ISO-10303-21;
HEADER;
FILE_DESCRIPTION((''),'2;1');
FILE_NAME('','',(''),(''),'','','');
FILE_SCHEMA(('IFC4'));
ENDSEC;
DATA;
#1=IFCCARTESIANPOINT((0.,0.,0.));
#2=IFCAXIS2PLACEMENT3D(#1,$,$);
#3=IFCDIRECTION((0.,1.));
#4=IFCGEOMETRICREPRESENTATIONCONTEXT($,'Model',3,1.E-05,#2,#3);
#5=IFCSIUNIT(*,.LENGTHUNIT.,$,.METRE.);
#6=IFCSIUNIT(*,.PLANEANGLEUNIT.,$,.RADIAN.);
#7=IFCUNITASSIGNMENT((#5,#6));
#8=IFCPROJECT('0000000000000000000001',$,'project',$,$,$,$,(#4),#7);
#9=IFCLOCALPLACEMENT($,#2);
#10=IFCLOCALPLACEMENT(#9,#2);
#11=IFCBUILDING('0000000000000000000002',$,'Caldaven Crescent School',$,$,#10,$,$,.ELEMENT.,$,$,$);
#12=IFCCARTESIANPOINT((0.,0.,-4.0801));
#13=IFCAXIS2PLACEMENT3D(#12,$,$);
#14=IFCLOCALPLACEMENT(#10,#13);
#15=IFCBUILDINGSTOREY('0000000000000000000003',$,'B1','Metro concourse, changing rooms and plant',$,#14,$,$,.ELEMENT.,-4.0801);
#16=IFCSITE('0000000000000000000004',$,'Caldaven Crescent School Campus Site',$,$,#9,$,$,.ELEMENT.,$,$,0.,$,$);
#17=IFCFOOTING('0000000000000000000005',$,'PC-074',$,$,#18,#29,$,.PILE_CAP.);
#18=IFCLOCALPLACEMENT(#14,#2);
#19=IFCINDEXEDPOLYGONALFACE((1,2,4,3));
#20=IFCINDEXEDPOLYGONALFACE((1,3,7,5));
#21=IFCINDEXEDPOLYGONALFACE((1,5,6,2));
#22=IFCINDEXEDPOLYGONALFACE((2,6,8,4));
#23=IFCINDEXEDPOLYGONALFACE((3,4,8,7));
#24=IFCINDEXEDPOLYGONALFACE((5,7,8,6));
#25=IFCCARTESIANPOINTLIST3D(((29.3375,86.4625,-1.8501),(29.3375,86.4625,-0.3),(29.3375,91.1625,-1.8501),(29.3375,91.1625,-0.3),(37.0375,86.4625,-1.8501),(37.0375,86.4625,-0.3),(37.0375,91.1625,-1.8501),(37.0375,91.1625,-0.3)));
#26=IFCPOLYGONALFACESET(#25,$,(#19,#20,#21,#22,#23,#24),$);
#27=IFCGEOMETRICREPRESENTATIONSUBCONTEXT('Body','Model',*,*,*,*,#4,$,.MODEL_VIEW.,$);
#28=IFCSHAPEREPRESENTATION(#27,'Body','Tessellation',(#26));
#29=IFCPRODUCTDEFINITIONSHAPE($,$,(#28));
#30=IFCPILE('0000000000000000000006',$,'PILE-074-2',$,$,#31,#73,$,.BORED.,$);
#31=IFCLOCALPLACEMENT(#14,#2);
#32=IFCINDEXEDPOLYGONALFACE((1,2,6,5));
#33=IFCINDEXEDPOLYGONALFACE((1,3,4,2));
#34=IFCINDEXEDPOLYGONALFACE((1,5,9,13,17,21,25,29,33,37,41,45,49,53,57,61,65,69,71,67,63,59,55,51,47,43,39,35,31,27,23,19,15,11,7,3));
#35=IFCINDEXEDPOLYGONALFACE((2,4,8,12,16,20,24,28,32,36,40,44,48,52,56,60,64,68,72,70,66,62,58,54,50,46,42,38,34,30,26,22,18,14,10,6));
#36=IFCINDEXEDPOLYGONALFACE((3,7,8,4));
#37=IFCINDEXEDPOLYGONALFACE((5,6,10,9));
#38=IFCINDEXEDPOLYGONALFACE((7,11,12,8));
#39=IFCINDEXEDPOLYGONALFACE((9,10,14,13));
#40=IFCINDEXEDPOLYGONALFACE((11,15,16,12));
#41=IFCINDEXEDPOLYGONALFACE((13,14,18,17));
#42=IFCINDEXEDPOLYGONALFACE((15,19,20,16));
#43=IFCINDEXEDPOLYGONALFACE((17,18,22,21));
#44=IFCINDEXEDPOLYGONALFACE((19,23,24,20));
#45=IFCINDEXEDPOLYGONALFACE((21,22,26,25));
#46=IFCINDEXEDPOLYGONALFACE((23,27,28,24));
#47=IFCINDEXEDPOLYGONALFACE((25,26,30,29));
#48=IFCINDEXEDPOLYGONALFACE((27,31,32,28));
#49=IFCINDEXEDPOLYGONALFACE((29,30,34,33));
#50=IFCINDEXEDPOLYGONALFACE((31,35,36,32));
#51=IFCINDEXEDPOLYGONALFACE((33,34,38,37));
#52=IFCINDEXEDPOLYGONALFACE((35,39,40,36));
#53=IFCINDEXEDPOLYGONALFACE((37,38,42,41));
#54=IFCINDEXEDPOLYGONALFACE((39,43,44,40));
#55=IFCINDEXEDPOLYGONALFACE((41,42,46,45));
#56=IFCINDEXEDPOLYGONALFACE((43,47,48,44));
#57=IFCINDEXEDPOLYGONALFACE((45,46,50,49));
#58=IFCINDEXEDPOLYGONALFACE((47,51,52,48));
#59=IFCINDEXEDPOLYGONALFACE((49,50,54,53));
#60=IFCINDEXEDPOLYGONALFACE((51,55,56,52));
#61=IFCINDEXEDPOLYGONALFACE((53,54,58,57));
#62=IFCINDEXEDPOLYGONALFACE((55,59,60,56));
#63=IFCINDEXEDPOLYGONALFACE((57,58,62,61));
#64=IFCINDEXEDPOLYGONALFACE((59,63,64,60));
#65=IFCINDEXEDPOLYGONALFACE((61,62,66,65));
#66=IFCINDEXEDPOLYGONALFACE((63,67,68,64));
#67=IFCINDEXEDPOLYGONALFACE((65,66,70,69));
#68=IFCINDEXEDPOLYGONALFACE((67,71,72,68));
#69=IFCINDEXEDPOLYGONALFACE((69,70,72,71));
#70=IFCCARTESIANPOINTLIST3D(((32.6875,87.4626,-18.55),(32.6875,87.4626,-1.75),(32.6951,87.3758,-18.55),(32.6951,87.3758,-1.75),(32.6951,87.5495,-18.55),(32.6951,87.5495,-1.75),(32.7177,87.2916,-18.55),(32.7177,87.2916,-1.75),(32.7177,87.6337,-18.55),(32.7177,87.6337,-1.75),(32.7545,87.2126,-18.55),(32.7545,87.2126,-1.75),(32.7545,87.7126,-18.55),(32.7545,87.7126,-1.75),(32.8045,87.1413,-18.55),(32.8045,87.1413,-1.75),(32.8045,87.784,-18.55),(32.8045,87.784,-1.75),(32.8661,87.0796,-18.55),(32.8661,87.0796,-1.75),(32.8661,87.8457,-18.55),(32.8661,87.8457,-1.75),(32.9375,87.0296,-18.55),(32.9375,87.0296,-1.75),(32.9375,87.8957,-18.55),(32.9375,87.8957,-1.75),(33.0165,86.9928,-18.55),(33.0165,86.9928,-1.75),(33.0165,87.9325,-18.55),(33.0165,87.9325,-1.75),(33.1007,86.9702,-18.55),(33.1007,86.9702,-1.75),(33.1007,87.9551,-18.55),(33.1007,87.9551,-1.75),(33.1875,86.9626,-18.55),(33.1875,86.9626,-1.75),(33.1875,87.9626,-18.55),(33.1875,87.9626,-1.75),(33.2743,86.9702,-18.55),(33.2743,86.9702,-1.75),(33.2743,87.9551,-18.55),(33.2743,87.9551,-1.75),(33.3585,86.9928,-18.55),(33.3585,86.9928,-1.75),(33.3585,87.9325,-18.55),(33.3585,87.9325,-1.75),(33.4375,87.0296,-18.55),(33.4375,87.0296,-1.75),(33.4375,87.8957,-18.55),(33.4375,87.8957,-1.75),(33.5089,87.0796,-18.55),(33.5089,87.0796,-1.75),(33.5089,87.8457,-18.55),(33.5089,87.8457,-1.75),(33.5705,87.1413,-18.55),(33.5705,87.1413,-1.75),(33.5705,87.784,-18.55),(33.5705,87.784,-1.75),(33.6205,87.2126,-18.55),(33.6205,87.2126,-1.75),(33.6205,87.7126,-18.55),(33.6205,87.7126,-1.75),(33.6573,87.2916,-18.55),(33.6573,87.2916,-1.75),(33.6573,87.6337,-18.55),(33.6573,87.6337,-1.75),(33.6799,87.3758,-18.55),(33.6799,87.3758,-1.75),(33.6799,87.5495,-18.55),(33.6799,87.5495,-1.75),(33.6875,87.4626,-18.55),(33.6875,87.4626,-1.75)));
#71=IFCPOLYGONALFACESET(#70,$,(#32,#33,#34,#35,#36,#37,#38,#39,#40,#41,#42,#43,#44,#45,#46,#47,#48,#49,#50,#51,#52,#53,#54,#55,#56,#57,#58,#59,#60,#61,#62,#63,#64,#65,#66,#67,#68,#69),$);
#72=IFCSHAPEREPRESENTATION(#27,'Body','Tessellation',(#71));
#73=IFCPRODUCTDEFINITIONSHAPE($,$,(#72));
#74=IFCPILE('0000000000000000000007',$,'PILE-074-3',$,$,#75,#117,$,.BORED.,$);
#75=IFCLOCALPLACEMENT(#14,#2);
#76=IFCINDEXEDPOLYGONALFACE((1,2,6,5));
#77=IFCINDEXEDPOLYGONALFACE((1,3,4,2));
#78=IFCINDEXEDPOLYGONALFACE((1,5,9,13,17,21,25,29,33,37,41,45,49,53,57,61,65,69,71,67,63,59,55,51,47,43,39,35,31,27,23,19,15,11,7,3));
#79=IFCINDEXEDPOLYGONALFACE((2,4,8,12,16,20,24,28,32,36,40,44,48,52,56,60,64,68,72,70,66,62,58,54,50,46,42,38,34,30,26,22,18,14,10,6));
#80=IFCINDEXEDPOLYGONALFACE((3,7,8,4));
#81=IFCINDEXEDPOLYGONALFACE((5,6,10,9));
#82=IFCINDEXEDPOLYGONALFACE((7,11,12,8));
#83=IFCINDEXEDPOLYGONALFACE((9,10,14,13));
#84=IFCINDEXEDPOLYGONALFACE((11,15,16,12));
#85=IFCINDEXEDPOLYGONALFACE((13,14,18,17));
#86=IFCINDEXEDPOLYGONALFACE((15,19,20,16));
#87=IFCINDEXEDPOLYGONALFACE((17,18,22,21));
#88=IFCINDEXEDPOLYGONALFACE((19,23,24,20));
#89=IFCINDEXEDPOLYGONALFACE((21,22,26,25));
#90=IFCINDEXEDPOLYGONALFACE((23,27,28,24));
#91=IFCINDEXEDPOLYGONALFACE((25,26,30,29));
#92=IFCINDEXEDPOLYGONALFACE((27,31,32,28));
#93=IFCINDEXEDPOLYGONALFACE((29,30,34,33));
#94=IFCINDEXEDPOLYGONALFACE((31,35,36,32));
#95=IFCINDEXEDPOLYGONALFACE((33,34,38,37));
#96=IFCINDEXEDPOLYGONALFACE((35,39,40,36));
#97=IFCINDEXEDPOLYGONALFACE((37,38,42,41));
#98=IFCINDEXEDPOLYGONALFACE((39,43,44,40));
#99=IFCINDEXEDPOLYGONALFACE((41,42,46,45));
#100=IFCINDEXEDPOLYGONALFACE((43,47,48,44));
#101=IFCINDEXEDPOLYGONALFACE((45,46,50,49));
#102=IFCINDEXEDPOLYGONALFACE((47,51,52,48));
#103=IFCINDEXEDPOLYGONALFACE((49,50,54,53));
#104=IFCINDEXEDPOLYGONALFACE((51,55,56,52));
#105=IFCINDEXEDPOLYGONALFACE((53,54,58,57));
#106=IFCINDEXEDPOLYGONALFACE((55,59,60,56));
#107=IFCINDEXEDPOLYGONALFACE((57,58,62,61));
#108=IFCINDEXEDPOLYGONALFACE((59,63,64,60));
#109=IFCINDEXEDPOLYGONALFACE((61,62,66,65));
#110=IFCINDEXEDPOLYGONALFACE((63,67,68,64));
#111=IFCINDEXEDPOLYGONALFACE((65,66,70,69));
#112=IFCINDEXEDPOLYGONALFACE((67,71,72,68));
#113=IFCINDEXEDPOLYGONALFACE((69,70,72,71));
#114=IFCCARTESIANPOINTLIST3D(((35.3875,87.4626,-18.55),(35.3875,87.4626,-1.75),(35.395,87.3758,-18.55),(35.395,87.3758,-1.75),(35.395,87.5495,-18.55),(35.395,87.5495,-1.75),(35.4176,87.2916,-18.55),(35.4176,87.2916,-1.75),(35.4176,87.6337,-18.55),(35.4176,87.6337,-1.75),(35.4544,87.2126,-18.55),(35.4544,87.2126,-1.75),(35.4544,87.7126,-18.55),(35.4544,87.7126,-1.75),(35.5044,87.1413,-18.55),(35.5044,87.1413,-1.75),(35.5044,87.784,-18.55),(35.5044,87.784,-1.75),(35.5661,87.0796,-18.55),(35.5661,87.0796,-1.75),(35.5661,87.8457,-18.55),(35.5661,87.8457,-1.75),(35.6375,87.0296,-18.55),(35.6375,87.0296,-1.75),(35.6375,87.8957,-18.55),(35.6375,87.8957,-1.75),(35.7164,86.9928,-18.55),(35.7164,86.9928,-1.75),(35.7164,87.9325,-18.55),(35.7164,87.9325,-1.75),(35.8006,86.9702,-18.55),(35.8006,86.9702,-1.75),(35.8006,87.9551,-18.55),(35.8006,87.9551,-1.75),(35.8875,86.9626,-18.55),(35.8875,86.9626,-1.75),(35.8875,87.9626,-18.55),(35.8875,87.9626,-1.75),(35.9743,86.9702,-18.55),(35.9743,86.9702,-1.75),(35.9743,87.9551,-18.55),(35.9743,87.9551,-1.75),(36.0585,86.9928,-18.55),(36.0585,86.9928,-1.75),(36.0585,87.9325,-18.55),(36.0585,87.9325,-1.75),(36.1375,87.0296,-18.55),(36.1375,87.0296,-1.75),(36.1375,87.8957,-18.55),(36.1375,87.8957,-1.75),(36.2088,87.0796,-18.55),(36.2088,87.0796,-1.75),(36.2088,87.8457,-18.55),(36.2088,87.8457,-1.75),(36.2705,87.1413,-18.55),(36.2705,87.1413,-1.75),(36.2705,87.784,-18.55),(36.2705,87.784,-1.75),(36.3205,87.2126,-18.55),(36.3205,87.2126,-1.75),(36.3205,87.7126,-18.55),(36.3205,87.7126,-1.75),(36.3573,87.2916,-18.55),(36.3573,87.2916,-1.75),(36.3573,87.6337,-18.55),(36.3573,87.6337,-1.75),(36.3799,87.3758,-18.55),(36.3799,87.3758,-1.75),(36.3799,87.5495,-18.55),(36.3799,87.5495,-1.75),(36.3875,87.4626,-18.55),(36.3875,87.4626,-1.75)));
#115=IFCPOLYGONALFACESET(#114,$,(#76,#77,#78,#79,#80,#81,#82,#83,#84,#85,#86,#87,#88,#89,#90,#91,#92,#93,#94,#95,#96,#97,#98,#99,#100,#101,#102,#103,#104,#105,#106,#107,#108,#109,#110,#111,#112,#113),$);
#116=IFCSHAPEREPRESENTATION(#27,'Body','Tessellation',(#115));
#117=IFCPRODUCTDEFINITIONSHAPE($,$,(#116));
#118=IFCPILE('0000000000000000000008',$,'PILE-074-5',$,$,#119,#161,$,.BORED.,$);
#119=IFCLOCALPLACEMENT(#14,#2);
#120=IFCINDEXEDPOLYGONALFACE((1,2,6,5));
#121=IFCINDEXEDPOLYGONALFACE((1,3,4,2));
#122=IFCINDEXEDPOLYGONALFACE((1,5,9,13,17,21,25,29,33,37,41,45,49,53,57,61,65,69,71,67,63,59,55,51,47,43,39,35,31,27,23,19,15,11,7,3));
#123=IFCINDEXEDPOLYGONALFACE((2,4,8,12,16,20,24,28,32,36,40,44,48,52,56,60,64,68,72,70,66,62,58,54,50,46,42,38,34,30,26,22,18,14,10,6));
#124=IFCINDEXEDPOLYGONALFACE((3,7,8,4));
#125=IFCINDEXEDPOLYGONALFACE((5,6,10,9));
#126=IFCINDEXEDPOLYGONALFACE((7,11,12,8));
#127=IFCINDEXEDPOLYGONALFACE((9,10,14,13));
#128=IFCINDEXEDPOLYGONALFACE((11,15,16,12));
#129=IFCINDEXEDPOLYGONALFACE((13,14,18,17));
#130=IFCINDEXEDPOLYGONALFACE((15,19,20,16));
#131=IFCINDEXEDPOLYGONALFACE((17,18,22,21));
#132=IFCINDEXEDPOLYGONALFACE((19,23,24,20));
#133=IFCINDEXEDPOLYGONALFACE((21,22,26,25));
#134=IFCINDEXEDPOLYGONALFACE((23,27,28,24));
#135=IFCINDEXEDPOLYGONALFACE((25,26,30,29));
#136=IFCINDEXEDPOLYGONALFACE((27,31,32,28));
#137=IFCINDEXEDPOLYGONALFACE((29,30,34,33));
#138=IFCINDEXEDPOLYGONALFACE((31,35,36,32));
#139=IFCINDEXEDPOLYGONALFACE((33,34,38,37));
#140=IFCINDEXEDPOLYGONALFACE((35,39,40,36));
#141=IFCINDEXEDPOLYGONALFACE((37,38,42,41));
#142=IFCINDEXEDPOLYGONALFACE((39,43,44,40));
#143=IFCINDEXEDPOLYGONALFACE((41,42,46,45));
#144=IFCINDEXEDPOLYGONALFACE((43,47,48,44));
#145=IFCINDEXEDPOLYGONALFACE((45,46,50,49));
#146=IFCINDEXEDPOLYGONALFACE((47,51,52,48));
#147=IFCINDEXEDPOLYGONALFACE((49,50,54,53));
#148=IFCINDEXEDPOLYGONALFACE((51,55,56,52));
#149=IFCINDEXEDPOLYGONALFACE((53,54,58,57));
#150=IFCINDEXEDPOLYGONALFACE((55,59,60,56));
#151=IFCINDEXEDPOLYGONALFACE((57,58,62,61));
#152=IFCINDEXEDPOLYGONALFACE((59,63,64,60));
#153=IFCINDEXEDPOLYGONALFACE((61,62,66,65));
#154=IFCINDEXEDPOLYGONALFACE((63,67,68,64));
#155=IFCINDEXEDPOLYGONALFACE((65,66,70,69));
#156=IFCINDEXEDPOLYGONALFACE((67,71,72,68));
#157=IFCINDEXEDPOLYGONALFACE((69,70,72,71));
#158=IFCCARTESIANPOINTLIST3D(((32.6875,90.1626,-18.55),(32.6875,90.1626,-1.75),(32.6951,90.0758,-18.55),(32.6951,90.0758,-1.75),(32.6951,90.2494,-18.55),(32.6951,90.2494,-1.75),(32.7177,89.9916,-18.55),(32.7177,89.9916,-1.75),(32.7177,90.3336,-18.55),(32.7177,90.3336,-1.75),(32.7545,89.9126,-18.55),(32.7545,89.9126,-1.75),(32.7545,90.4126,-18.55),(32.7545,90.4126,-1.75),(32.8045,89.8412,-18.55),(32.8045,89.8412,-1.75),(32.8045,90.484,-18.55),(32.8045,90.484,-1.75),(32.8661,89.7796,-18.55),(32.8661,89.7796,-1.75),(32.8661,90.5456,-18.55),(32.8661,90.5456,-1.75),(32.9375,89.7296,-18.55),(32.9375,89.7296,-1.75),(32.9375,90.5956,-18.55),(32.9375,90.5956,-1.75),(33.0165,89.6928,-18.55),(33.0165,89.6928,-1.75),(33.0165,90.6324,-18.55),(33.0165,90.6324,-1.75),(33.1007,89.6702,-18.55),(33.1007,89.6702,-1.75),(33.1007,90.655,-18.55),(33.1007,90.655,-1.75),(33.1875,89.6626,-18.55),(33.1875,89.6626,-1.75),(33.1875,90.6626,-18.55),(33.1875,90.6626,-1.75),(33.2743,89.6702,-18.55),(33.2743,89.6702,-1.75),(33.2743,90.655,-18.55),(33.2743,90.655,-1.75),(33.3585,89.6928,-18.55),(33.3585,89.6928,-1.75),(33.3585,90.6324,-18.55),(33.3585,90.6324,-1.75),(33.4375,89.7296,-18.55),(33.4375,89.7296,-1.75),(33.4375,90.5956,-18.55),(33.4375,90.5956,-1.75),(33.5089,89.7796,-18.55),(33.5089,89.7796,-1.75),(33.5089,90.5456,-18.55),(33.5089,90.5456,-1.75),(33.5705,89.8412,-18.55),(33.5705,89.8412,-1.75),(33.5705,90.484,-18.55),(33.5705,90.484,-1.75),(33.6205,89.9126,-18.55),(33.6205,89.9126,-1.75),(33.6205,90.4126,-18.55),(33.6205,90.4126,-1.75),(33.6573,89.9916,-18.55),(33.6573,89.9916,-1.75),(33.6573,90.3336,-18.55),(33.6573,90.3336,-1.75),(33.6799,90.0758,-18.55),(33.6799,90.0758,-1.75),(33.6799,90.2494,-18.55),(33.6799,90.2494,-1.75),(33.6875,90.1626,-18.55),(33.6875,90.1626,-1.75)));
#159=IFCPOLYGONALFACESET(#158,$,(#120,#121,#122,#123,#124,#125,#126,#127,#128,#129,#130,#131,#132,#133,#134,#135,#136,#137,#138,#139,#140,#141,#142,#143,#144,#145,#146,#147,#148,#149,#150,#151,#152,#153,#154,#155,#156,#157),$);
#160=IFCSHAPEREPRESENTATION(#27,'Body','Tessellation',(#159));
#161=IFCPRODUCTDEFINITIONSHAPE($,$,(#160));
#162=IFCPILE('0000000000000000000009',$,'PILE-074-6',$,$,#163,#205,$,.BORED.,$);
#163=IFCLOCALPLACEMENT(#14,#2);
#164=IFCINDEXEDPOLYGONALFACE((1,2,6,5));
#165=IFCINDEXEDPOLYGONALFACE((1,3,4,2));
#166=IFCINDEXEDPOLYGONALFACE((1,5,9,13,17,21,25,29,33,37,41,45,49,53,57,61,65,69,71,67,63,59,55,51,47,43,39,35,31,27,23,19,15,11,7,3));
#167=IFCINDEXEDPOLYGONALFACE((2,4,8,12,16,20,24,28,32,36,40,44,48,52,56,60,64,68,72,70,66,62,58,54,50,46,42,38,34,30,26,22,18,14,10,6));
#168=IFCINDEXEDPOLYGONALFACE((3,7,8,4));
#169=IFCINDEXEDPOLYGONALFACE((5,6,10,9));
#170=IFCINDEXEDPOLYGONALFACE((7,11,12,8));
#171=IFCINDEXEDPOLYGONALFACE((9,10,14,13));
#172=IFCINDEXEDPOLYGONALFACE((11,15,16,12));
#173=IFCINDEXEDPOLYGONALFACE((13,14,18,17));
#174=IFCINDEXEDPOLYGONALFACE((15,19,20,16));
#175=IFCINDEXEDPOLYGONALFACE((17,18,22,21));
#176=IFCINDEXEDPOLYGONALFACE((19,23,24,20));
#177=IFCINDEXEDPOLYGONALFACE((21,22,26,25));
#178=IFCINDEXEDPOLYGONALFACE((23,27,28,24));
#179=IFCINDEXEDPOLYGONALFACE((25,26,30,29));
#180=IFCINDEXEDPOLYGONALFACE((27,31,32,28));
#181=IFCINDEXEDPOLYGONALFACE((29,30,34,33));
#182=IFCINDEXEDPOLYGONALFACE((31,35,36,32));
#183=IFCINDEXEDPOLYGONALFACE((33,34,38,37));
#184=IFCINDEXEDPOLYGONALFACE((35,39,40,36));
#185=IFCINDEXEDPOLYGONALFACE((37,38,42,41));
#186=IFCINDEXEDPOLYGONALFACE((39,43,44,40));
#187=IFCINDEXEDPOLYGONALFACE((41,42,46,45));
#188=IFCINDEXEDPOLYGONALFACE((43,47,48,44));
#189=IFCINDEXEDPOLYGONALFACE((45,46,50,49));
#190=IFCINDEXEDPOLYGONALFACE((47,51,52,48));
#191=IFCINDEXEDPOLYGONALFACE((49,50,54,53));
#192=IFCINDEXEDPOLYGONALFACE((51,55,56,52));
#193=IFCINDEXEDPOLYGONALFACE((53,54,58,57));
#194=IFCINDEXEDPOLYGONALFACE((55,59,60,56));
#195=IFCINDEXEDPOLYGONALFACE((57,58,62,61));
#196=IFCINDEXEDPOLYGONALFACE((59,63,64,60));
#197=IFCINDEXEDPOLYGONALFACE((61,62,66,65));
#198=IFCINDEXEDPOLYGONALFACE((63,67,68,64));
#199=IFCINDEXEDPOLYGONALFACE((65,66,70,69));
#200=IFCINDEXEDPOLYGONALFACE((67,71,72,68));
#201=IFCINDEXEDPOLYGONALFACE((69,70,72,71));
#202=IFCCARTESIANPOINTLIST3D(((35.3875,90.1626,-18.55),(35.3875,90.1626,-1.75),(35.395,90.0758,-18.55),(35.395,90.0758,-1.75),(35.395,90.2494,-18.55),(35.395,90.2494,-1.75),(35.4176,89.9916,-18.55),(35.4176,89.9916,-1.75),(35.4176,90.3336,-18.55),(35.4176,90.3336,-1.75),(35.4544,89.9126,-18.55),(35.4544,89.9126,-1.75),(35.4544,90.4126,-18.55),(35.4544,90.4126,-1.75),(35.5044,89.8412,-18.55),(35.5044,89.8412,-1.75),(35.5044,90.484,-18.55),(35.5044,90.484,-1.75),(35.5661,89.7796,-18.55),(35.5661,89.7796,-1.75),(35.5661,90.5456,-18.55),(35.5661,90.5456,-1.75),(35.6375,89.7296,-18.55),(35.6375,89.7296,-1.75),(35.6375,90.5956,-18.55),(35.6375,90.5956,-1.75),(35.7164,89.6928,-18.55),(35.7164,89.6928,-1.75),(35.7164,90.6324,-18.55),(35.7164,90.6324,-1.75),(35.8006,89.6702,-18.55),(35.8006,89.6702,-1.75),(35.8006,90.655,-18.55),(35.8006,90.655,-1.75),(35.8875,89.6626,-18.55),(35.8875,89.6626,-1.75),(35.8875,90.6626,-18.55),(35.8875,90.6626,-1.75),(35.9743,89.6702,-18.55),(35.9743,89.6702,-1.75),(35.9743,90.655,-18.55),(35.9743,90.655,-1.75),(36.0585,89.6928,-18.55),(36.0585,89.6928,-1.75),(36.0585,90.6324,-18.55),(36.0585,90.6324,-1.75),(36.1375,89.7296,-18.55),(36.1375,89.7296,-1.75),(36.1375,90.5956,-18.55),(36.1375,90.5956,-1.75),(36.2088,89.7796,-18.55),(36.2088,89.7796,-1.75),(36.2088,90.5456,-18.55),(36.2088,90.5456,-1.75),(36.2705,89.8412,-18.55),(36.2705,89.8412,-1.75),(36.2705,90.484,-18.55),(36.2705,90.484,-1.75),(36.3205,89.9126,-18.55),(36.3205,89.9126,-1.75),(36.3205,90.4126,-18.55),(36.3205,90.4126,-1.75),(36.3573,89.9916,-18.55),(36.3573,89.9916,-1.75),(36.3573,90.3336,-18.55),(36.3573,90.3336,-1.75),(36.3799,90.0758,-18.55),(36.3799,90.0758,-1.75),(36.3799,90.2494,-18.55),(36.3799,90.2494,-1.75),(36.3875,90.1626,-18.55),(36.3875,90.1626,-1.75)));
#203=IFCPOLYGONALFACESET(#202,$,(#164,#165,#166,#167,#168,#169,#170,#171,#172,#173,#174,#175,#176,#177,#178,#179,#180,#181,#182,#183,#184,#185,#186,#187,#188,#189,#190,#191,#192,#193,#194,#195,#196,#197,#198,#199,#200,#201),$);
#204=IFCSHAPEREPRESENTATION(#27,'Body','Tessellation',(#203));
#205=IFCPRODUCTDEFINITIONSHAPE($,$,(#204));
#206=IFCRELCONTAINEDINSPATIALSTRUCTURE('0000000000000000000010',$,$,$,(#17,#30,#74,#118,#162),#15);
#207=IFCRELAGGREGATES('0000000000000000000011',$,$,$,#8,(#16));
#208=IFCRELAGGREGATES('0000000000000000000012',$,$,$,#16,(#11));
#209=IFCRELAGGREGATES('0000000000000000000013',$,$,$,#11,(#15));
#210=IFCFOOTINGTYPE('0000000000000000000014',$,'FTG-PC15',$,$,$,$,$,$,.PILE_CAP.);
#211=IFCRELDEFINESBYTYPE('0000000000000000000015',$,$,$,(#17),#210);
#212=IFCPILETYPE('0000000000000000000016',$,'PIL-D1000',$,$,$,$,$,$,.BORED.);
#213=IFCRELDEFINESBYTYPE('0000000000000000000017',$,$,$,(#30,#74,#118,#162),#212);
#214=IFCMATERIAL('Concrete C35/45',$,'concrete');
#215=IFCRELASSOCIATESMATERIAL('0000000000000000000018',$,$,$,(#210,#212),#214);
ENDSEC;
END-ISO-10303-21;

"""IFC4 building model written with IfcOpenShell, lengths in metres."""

from ifc_helpers import new_model, si_unit, direction, frame, origin, origin_2d, place, context, subcontext, project, spatial, rectangle, circle, extrude, material, material_profile, profile_set, type_object, element, save


model = new_model("IFC4")

# Units and contexts
model_context = context("Model", 3, precision=1e-05, world=origin(), true_north=direction((0.0, 1.0)))
body_context = subcontext(model_context, "Body", "Model", "MODEL_VIEW")
ifc_project = project(units=[si_unit("LENGTHUNIT", "METRE"), si_unit("PLANEANGLEUNIT", "RADIAN")], contexts=[model_context])

# Site, building, storey
site_placement = place(None, origin())
site = spatial("IfcSite", under=ifc_project, at=site_placement, Name="Caldaven Crescent School Campus Site", CompositionType="ELEMENT", RefElevation=0.0)
building_placement = place(site_placement, origin())
building = spatial("IfcBuilding", under=site, at=building_placement, Name="Caldaven Crescent School", CompositionType="ELEMENT")
storey_placement = place(building_placement, frame((0.0, 0.0, -4.0801)))
storey = spatial("IfcBuildingStorey", under=building, at=storey_placement, Name="B1", Description="Metro concourse, changing rooms and plant", CompositionType="ELEMENT", Elevation=-4.0801)

# Footing
ifc_material_1 = material(Name="Concrete C35/45", Category="concrete")
footing_type = type_object("IfcFootingType", Name="FTG-PC15", PredefinedType="PILE_CAP", material=ifc_material_1)
footing_placement = place(storey_placement, frame((33.1875, 88.8125, -1.8501), z_axis=(0.0, 0.0, 1.0), x_axis=(1.0, 0.0, 0.0)))
element("IfcFooting", 1, at=footing_placement, inside=storey, type_object=footing_type, Name="PC-074", PredefinedType="PILE_CAP", context=body_context, shape_type="SweptSolid", body=[
    extrude(rectangle(XDim=7.7, YDim=4.7, at=origin_2d()), origin(), (0.0, 0.0, 1.0), 1.55),
])

# Piles
ifc_material_profile_1 = material_profile(ifc_material_1, circle(Radius=0.5, at=origin_2d()), Name="PILE D1000")
ifc_profile_set_1 = profile_set([ifc_material_profile_1], Name="Concrete C35/45")
pile_type = type_object("IfcPileType", Name="PIL-D1000", PredefinedType="BORED", material=ifc_profile_set_1)
for number, where, z_axis, x_axis, name in (
    (2, (33.1875, 87.4626, -1.75), (0.0, 0.0, -1.0), (1.0, 0.0, 0.0), "PILE-074-2"),
    (3, (35.8875, 87.4626, -1.75), (0.0, 0.0, -1.0), (1.0, 0.0, 0.0), "PILE-074-3"),
    (4, (33.1875, 90.1626, -1.75), (0.0, 0.0, -1.0), (1.0, 0.0, 0.0), "PILE-074-5"),
    (5, (35.8875, 90.1626, -1.75), (0.0, 0.0, -1.0), (1.0, 0.0, 0.0), "PILE-074-6"),
):
    element("IfcPile", number, at=place(storey_placement, frame(where, z_axis=z_axis, x_axis=x_axis)), inside=storey, type_object=pile_type, Name=name, PredefinedType="BORED", context=body_context, shape_type="SweptSolid", body=[
        extrude(circle(Radius=0.5, at=origin_2d()), origin(), (0.0, 0.0, 1.0), 16.8),
    ])

save(model, "model.ifc")
